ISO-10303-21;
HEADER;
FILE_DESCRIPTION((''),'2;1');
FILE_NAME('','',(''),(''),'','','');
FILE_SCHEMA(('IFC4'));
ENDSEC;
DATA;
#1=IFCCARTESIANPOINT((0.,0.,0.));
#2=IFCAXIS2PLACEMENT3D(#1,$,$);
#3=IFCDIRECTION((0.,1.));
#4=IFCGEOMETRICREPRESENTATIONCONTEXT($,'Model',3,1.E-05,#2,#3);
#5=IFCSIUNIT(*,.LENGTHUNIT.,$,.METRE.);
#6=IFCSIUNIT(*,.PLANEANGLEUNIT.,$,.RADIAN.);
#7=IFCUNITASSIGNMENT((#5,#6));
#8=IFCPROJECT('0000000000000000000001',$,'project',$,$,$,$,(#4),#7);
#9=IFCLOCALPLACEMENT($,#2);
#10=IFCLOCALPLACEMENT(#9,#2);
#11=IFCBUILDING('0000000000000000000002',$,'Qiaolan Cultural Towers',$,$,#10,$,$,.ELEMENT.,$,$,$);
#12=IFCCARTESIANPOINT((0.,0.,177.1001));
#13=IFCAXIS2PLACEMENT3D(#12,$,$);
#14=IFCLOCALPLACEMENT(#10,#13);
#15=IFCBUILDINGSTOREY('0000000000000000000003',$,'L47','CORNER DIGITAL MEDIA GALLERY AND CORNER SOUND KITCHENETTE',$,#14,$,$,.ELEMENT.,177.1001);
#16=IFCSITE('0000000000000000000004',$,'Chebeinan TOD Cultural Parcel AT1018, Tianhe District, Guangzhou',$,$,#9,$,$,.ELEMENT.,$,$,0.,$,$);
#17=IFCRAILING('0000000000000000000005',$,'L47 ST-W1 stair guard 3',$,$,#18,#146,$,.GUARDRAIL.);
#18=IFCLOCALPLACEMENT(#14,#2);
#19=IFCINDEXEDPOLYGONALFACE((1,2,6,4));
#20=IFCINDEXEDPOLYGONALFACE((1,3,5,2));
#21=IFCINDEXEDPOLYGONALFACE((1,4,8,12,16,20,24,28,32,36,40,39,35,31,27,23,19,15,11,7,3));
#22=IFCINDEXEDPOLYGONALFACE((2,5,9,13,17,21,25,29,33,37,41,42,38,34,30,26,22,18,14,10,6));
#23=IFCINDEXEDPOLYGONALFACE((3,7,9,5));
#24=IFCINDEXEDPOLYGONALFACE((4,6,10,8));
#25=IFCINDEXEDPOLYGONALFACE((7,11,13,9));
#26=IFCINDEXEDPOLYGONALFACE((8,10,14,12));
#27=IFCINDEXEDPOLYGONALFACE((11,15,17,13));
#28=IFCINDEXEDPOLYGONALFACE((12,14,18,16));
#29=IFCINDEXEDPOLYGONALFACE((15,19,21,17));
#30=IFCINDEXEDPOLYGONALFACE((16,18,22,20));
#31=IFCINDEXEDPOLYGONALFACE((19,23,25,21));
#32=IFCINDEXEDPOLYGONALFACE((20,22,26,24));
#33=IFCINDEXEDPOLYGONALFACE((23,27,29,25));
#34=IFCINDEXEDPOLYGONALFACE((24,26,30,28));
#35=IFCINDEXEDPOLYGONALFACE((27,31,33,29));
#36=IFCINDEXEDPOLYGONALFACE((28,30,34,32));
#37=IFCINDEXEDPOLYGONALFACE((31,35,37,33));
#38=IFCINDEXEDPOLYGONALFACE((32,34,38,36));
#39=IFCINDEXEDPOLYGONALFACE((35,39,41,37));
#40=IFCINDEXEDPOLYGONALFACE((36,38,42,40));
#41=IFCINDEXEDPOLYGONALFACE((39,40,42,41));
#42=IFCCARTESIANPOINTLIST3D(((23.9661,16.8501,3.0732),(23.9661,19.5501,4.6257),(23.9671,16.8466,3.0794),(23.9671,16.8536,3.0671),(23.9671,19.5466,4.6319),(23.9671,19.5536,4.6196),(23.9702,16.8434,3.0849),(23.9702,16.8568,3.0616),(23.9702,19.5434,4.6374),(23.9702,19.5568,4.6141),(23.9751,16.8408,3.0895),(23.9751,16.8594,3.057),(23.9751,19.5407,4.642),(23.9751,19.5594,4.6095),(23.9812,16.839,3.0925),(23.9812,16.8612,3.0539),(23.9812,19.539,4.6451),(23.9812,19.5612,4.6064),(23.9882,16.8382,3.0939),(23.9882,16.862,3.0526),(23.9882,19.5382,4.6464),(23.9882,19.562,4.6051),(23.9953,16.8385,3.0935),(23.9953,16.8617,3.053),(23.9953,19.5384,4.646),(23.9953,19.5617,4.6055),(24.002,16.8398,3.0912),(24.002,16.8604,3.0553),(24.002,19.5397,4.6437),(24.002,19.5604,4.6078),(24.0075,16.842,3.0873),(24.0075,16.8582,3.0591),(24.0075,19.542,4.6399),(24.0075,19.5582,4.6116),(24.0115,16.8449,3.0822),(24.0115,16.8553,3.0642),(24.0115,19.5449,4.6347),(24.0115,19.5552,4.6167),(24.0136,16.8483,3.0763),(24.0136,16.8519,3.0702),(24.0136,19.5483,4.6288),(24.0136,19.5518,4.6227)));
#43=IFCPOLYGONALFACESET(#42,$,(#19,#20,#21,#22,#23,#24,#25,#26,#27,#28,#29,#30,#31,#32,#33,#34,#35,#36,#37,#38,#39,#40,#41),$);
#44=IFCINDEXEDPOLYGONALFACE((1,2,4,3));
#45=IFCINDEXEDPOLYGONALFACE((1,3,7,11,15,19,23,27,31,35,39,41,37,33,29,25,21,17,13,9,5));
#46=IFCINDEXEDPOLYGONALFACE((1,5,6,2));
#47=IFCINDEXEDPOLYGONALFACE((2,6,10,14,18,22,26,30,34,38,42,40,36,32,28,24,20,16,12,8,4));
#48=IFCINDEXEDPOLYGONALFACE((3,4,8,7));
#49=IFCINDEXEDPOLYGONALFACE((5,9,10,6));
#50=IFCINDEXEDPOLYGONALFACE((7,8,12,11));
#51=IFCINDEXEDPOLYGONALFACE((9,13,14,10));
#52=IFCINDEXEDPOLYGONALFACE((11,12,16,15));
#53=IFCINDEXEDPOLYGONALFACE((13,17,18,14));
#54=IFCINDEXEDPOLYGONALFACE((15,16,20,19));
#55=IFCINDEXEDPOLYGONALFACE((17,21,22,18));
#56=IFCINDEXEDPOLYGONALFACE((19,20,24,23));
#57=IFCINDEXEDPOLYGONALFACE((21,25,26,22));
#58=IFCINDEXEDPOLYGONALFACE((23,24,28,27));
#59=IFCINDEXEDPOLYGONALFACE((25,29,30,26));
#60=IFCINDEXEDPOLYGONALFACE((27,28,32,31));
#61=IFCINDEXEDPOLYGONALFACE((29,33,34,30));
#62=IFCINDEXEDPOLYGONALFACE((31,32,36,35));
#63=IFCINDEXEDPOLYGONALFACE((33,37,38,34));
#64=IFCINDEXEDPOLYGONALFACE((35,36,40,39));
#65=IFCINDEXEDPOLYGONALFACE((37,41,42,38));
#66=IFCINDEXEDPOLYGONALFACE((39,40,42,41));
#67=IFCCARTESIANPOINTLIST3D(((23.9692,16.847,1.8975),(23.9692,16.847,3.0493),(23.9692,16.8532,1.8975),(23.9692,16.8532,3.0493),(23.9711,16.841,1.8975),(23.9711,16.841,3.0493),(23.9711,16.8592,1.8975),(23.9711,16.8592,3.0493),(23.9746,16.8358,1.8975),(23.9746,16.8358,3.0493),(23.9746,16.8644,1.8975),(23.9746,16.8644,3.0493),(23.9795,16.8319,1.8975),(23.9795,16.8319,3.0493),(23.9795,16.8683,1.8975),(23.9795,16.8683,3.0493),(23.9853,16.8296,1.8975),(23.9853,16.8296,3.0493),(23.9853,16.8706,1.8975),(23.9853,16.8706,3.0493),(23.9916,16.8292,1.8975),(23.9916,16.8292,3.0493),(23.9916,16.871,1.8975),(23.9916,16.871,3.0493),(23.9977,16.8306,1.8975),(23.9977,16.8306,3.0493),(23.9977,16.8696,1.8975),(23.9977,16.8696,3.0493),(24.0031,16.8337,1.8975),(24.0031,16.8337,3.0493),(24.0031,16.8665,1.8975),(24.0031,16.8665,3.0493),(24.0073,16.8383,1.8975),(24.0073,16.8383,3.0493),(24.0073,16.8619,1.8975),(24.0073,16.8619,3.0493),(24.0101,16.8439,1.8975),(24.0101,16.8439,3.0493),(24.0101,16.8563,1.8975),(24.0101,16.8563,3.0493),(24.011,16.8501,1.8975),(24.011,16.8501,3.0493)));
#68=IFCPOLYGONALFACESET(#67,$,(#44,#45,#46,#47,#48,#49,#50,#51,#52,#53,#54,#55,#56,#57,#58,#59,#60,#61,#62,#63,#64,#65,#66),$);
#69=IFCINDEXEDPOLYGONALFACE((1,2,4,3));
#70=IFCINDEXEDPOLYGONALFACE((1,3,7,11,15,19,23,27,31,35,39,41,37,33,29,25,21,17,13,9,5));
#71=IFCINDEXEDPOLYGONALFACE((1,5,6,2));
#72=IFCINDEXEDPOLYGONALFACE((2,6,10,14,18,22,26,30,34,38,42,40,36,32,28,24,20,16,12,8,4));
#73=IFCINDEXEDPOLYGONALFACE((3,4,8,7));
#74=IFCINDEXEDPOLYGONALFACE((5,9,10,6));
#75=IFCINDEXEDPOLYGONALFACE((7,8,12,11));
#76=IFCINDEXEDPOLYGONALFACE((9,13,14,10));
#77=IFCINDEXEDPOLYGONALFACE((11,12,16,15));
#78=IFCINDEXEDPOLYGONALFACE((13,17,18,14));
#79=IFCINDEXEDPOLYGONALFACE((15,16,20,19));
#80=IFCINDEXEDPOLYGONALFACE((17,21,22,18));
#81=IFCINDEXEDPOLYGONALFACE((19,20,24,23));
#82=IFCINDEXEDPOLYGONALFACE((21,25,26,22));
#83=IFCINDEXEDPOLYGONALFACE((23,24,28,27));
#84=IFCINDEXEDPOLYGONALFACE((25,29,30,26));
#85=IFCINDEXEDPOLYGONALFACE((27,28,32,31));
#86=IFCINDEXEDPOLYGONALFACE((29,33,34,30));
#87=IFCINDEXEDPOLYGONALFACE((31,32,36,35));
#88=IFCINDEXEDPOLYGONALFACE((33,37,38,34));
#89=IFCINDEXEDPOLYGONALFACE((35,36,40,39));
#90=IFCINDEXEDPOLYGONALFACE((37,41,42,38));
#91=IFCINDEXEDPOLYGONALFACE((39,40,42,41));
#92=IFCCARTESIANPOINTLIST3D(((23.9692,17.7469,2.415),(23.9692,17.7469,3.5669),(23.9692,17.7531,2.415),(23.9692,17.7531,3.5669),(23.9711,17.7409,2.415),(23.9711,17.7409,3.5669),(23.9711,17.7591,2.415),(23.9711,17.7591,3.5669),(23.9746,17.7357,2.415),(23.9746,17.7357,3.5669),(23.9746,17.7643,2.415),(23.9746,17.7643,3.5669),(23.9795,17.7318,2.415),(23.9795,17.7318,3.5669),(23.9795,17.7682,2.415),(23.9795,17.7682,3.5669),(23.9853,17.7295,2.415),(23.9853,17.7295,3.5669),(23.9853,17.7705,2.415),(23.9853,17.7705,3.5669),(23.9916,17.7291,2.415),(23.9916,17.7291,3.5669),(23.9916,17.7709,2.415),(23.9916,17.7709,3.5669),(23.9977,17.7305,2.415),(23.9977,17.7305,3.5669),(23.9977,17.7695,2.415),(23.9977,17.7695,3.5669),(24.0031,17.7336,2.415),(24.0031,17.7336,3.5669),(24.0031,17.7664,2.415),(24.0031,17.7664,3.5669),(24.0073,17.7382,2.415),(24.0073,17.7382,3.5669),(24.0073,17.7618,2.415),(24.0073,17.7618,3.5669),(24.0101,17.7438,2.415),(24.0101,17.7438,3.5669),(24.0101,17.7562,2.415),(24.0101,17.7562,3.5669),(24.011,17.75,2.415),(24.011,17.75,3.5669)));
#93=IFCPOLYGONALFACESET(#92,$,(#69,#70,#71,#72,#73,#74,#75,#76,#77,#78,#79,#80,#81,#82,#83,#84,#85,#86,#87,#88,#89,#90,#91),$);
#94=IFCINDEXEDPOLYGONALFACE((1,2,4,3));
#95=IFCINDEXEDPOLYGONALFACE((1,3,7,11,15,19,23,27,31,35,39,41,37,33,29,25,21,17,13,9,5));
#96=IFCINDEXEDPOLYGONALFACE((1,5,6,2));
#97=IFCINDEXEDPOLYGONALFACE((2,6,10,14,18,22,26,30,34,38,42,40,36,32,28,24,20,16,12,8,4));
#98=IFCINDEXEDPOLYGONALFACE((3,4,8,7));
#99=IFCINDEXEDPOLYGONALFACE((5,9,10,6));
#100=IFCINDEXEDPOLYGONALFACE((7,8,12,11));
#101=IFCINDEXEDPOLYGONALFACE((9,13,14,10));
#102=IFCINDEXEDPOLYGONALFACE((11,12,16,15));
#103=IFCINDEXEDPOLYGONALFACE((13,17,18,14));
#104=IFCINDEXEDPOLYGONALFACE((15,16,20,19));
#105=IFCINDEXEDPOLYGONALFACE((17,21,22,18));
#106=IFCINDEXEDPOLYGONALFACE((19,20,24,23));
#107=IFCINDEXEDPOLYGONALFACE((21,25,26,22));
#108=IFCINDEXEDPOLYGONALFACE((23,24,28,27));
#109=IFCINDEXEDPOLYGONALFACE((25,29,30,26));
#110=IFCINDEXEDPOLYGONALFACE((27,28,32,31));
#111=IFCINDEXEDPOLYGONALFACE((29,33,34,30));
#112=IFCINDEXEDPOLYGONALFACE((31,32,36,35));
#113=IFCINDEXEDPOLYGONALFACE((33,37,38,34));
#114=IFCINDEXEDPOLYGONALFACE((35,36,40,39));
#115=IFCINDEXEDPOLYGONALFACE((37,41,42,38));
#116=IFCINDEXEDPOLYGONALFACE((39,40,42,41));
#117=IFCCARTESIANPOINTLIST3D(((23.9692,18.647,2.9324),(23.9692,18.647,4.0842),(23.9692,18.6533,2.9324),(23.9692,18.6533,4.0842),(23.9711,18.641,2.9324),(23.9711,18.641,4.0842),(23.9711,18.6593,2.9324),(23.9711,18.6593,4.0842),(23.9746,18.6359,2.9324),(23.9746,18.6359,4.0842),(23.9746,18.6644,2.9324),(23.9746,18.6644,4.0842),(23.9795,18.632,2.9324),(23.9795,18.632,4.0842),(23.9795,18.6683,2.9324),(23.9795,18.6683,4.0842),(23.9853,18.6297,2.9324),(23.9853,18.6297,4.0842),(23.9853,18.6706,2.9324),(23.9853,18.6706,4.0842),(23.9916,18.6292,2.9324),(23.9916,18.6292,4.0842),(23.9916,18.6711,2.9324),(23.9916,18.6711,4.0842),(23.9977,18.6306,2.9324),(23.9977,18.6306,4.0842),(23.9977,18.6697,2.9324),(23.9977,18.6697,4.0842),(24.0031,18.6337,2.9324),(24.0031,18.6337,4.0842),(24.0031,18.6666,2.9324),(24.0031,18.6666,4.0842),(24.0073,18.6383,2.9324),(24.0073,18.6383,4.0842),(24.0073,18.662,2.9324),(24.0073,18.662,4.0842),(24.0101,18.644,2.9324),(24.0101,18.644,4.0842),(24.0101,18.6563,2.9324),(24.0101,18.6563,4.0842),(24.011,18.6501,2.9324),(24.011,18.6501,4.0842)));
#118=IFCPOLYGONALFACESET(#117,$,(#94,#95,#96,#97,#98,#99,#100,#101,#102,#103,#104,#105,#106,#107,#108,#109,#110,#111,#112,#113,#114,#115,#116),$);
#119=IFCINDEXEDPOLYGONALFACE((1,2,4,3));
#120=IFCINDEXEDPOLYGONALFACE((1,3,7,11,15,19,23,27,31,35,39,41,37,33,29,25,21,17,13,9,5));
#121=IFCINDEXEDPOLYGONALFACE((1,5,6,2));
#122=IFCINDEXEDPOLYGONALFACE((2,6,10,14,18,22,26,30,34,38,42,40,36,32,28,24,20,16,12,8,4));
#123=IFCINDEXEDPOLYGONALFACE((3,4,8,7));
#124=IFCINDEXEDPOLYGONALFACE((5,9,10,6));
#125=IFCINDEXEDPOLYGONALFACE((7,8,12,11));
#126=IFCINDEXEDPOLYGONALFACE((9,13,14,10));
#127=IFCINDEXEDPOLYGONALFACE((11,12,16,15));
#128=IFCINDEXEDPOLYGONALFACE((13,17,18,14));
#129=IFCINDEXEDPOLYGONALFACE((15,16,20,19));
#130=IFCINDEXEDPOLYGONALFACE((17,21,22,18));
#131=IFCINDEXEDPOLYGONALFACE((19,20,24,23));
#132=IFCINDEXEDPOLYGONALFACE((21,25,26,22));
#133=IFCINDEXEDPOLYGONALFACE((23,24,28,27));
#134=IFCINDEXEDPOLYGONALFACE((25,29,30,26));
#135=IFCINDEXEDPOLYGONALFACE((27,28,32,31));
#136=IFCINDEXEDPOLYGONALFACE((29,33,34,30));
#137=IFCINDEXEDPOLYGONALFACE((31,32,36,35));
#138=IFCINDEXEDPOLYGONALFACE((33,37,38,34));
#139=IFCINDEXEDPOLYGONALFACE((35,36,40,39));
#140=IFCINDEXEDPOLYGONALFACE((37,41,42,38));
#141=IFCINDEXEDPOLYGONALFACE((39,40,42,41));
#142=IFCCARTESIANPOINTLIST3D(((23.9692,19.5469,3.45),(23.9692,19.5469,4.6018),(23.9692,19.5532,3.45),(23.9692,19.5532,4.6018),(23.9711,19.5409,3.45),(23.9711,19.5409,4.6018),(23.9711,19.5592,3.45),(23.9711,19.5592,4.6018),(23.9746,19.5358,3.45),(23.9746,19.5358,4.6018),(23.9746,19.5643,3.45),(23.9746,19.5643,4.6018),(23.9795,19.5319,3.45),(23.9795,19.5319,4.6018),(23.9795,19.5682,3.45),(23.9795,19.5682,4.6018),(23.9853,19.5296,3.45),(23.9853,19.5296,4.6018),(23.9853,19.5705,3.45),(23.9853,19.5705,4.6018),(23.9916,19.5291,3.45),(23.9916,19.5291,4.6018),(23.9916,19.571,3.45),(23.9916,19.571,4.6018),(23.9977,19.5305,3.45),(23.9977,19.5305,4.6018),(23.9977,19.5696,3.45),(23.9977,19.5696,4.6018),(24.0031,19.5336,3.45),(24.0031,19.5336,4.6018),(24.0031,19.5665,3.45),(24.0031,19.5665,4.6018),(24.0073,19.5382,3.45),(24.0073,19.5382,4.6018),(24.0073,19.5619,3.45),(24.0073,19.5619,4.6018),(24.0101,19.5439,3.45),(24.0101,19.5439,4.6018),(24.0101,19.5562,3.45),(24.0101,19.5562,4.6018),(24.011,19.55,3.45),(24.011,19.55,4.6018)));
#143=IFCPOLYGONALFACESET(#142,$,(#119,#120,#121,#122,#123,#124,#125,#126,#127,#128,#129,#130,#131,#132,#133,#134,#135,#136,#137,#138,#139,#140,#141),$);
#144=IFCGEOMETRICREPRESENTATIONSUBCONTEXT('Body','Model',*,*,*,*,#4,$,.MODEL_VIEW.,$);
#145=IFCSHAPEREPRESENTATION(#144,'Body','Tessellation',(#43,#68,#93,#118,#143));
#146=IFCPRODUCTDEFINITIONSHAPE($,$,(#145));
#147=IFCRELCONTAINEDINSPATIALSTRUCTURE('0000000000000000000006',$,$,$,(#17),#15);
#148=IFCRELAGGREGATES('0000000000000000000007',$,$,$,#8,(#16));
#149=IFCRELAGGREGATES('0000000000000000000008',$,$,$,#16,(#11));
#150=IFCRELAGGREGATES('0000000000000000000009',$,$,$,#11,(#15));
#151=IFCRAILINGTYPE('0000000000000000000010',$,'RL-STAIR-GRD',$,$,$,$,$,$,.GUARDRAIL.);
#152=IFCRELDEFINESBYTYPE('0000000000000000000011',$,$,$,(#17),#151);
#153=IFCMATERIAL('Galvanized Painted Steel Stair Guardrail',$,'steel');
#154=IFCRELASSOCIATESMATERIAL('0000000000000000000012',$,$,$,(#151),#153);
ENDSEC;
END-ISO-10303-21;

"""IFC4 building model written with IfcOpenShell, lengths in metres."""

from ifc_helpers import new_model, si_unit, direction, frame, origin, origin_2d, place, context, subcontext, project, spatial, circle, extrude, material, type_object, element, save


model = new_model("IFC4")

# Units and contexts
model_context = context("Model", 3, precision=1e-05, world=origin(), true_north=direction((0.0, 1.0)))
body_context = subcontext(model_context, "Body", "Model", "MODEL_VIEW")
ifc_project = project(units=[si_unit("LENGTHUNIT", "METRE"), si_unit("PLANEANGLEUNIT", "RADIAN")], contexts=[model_context])

# Site, building, storey
site_placement = place(None, origin())
site = spatial("IfcSite", under=ifc_project, at=site_placement, Name="Chebeinan TOD Cultural Parcel AT1018, Tianhe District, Guangzhou", CompositionType="ELEMENT", RefElevation=0.0)
building_placement = place(site_placement, origin())
building = spatial("IfcBuilding", under=site, at=building_placement, Name="Qiaolan Cultural Towers", CompositionType="ELEMENT")
storey_placement = place(building_placement, frame((0.0, 0.0, 177.1001)))
storey = spatial("IfcBuildingStorey", under=building, at=storey_placement, Name="L47", Description="CORNER DIGITAL MEDIA GALLERY AND CORNER SOUND KITCHENETTE", CompositionType="ELEMENT", Elevation=177.1001)

# Railing
ifc_material_1 = material(Name="Galvanized Painted Steel Stair Guardrail", Category="steel")
railing_type_1 = type_object("IfcRailingType", Name="RL-STAIR-GRD", PredefinedType="GUARDRAIL", material=ifc_material_1)
railing_1_placement = place(storey_placement, frame((23.99, 16.8501, 1.8975)))
element("IfcRailing", 1, at=railing_1_placement, inside=storey, type_object=railing_type_1, Name="L47 ST-W1 stair guard 3", PredefinedType="GUARDRAIL", context=body_context, shape_type="SweptSolid", body=[
    extrude(circle(Radius=0.0239, at=origin_2d()), frame((0.0, 0.0, 1.1758), z_axis=(0.0, 0.866904, 0.498476), x_axis=(-1.0, 0.0, 0.0)), (0.0, 0.0, 1.0), 3.1145),
    extrude(circle(Radius=0.021, at=origin_2d()), origin(), (0.0, 0.0, 1.0), 1.1519),
    extrude(circle(Radius=0.021, at=origin_2d()), frame((0.0, 0.8999, 0.5176)), (0.0, 0.0, 1.0), 1.1519),
    extrude(circle(Radius=0.021, at=origin_2d()), frame((0.0, 1.8, 1.0349)), (0.0, 0.0, 1.0), 1.1519),
    extrude(circle(Radius=0.021, at=origin_2d()), frame((0.0, 2.7, 1.5525)), (0.0, 0.0, 1.0), 1.1519),
])

save(model, "model.ifc")
